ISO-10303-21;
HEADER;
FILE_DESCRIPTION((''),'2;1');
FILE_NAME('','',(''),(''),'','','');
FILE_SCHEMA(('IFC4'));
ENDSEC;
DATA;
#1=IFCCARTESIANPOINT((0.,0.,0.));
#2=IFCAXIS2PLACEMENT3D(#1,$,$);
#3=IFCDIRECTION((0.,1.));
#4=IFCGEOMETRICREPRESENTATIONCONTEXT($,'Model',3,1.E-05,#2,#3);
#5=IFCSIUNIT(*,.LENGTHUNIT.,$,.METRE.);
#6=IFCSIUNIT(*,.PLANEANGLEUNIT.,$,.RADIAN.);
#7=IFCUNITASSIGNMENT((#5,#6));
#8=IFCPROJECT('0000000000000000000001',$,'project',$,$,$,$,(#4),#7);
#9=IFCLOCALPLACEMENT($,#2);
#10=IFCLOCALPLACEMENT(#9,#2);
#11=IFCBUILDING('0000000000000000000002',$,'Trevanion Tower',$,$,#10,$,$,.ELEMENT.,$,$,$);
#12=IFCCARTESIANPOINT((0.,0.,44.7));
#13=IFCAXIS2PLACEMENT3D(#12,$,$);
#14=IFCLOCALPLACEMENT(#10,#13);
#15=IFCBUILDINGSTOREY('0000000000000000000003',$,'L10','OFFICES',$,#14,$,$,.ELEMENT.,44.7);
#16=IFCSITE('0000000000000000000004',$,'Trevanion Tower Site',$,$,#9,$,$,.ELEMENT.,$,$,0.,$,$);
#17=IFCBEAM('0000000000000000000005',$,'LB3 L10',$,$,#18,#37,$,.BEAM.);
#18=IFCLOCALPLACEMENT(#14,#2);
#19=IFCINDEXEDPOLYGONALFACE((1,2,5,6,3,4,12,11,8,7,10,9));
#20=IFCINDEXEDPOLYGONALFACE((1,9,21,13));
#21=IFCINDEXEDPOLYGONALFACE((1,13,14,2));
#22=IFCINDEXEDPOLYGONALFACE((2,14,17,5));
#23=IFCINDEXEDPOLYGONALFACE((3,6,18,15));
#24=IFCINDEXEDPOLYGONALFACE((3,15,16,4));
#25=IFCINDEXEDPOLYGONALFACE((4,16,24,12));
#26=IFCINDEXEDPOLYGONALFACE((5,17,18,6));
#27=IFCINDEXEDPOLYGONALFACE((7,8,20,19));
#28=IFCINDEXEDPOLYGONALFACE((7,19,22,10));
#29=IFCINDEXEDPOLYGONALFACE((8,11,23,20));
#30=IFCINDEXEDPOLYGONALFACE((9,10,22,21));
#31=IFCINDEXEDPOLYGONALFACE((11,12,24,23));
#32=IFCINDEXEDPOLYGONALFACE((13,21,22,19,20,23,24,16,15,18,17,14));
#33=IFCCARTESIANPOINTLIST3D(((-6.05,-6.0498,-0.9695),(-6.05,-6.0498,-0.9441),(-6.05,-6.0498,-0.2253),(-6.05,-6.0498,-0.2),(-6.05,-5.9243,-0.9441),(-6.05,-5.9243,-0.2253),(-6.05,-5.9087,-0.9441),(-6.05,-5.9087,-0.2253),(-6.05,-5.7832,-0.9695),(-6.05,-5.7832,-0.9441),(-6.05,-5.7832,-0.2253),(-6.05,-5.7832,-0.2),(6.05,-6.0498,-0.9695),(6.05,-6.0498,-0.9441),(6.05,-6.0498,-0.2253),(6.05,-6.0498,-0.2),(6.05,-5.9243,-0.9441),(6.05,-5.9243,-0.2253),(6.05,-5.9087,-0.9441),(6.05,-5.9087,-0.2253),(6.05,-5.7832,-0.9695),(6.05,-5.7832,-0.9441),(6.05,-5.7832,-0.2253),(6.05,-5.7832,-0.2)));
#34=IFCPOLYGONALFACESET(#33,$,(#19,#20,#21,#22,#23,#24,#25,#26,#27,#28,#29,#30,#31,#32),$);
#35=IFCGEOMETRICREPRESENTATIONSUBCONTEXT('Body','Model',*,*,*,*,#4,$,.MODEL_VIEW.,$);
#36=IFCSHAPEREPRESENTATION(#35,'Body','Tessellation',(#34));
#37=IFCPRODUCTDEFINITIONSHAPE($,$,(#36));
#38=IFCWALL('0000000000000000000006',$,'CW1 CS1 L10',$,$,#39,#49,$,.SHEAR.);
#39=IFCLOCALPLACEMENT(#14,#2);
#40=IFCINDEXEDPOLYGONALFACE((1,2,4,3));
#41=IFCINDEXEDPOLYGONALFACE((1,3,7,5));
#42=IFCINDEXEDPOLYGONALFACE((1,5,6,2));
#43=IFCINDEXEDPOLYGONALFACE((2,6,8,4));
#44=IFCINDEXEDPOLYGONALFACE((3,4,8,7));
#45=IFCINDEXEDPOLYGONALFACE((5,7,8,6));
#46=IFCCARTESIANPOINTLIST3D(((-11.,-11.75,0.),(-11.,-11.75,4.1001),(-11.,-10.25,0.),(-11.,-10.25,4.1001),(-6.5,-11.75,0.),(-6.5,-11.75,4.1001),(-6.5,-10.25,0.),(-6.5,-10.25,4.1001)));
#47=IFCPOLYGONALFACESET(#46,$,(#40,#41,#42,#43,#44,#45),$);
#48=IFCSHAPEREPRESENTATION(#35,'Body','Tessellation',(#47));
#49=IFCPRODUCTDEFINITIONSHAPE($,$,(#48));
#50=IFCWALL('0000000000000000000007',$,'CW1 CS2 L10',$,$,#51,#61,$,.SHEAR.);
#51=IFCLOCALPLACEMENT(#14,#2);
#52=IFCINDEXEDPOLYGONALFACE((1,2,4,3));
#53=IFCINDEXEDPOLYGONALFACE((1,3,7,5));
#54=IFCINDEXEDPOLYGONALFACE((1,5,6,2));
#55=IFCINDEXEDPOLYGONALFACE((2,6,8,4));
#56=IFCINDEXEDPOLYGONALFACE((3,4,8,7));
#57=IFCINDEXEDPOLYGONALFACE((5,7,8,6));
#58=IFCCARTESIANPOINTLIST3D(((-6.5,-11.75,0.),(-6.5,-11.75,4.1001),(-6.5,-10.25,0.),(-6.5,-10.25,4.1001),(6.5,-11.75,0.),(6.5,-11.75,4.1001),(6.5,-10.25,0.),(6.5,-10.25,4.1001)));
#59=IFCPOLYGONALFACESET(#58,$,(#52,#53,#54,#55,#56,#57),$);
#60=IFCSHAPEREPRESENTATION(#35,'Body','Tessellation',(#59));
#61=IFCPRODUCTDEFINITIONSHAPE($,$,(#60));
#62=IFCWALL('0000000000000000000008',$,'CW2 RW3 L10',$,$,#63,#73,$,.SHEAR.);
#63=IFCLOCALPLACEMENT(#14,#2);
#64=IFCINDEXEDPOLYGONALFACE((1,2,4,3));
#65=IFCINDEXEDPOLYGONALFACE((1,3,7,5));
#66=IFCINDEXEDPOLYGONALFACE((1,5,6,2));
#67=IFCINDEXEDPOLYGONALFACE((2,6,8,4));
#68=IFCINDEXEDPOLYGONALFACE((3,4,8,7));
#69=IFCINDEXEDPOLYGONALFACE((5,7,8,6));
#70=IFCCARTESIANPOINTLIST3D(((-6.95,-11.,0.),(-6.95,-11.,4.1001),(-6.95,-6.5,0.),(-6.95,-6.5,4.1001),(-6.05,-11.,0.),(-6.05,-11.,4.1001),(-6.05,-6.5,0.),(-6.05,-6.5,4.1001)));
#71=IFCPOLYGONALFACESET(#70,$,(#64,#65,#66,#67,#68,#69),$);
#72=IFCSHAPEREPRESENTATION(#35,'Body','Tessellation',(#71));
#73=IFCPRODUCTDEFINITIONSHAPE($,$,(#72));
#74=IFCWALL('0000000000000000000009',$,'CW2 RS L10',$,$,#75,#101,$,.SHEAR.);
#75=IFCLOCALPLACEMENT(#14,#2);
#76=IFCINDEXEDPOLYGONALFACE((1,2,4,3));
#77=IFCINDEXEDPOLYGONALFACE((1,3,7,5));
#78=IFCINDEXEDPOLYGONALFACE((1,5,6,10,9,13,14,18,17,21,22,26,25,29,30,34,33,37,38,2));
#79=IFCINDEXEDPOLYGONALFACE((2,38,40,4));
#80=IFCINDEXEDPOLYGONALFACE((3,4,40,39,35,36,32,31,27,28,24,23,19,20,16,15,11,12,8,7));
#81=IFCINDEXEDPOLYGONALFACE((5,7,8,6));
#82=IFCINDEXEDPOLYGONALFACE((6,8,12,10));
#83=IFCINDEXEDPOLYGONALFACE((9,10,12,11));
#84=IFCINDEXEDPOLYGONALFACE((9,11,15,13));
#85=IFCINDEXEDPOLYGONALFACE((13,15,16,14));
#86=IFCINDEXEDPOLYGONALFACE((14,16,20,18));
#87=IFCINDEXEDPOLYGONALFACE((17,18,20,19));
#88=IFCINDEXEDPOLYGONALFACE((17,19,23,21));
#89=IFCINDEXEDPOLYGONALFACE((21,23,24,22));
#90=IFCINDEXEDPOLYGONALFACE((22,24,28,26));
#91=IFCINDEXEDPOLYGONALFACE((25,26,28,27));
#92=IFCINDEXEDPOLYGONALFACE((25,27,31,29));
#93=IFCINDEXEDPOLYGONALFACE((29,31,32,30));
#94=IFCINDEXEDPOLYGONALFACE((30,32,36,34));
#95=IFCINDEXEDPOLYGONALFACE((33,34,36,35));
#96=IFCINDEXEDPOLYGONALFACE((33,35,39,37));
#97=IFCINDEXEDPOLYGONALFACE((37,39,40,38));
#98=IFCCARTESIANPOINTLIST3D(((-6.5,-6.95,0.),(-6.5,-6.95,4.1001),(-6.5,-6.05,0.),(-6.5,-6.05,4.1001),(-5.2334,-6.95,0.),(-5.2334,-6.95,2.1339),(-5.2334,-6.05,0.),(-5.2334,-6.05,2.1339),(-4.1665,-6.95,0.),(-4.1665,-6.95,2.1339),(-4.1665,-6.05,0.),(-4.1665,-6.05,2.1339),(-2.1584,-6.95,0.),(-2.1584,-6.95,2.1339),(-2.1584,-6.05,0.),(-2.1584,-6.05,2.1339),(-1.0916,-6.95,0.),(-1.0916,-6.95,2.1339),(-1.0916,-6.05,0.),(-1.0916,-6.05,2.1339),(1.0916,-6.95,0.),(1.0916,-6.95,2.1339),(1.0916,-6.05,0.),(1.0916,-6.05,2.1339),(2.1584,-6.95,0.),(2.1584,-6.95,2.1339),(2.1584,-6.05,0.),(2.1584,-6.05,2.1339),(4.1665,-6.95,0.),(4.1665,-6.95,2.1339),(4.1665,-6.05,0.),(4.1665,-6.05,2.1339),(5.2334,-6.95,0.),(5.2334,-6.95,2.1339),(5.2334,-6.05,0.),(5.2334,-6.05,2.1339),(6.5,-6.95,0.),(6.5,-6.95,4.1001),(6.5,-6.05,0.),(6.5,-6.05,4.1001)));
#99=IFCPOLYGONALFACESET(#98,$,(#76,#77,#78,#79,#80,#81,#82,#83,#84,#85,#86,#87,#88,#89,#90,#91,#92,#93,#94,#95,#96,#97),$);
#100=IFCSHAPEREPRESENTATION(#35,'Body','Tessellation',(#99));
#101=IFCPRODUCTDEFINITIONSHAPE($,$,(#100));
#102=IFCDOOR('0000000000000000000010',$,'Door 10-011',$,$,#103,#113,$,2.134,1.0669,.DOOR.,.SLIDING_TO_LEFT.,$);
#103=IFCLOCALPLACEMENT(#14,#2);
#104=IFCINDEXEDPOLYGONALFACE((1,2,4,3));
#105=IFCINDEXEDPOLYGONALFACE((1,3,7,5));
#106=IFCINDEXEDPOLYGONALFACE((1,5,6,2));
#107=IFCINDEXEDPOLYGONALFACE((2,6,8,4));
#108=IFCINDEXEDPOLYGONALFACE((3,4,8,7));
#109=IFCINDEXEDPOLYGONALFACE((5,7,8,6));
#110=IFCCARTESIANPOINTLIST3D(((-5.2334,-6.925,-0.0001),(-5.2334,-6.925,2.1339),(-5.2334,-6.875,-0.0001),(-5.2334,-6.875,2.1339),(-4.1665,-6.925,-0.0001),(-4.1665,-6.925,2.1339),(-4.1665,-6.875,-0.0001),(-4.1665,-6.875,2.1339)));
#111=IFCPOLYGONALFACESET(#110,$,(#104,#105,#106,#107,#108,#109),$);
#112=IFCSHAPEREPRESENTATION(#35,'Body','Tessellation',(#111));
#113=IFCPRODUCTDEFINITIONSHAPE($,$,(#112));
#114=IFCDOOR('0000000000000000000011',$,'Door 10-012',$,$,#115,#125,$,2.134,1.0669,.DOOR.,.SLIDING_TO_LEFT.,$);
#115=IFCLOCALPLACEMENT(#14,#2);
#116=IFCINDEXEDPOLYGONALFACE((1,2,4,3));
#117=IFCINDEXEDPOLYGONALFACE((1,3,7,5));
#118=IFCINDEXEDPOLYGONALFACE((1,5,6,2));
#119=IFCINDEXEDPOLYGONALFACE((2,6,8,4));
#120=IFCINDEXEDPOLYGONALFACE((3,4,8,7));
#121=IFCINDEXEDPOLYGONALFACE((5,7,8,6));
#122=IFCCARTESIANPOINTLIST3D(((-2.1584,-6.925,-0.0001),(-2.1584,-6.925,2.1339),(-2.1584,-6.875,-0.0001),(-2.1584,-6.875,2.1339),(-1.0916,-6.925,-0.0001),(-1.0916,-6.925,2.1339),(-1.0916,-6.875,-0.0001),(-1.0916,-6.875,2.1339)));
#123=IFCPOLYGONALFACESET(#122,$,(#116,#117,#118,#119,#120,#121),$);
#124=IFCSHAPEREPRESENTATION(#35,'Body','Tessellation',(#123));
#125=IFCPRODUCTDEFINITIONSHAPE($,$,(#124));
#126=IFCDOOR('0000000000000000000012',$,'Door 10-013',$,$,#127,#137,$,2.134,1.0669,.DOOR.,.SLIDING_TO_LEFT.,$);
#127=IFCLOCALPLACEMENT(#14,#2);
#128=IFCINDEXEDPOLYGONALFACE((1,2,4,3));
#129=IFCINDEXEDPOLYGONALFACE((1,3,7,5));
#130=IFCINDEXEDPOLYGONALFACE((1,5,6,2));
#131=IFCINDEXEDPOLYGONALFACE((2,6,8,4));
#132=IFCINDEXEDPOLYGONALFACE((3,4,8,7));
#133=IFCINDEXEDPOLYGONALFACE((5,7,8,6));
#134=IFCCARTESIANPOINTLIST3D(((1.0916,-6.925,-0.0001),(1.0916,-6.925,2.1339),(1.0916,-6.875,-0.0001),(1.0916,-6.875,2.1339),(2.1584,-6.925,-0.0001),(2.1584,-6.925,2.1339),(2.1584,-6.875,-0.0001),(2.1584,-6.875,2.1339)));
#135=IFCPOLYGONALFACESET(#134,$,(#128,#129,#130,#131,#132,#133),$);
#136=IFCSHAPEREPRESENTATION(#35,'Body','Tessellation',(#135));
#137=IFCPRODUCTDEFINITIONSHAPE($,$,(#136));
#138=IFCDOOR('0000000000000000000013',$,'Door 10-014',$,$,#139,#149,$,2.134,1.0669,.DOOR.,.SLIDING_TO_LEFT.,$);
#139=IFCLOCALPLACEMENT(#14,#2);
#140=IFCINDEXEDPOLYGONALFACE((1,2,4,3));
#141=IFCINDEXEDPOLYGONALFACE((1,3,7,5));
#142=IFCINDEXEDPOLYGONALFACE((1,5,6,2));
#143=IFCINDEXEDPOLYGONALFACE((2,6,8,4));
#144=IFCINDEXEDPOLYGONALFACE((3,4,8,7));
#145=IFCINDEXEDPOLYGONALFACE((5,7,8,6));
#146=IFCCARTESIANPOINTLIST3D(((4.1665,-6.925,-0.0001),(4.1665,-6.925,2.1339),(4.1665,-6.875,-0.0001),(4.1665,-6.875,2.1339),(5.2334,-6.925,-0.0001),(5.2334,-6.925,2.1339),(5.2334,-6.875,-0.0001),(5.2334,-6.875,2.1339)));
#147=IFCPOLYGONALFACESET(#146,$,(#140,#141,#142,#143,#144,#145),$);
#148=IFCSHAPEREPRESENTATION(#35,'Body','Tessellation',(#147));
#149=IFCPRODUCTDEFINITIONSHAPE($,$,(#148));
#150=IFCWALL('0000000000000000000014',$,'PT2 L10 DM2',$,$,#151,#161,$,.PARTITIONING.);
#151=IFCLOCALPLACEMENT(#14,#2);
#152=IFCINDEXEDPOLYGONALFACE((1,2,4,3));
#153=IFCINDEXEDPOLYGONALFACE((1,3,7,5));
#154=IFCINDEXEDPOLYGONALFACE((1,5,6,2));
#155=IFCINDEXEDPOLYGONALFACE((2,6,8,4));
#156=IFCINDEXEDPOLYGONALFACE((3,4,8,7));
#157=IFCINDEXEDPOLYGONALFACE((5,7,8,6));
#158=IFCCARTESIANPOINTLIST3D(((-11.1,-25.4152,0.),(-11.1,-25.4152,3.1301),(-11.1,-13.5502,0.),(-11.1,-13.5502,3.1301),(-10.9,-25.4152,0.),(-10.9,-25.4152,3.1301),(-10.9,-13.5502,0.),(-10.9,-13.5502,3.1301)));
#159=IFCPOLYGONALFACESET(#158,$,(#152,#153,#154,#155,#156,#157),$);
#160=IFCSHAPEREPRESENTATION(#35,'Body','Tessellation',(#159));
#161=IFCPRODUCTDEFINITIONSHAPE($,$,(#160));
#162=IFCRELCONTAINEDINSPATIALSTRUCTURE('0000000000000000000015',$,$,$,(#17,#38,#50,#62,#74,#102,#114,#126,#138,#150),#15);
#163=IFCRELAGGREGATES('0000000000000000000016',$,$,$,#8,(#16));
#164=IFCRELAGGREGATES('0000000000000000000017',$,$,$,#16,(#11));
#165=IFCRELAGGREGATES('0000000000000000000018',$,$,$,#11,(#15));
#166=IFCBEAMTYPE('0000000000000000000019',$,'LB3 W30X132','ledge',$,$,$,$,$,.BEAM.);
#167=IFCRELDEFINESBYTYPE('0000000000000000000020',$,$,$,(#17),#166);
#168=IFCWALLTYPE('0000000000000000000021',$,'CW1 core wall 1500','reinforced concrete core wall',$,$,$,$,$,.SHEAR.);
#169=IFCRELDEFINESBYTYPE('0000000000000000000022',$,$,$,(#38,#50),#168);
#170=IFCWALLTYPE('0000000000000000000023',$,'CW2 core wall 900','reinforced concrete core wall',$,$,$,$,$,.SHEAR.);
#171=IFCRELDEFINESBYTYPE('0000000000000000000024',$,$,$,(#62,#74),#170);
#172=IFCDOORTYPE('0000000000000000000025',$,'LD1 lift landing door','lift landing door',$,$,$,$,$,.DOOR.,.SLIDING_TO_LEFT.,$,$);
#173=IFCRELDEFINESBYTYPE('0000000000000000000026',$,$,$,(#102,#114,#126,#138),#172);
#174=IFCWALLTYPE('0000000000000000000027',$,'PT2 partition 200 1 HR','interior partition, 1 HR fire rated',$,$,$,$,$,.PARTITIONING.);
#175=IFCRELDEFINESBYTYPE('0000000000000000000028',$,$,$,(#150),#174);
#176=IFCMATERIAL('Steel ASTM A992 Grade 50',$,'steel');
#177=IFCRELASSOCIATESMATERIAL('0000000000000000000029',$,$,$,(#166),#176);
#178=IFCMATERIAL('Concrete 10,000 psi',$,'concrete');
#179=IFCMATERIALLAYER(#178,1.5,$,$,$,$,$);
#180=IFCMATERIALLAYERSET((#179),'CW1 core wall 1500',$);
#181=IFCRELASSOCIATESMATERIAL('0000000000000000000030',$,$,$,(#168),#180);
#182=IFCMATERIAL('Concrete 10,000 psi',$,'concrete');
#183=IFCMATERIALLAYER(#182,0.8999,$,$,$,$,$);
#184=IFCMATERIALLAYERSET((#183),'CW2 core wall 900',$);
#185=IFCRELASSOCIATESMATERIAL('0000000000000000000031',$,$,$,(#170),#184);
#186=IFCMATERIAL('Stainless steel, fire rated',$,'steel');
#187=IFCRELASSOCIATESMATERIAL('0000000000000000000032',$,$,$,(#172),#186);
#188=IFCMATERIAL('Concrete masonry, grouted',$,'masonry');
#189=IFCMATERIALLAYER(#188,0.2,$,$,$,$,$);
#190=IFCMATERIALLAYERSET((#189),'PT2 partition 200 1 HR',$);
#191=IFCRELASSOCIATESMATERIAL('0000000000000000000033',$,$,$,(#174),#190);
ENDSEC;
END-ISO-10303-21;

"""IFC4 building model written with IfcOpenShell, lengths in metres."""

from ifc_helpers import new_model, si_unit, direction, frame, frame_2d, origin, origin_2d, place, context, subcontext, project, spatial, rectangle, i_section, extrude, material, layer, layer_set, material_profile, profile_set, type_object, element, fill, save


model = new_model("IFC4")

# Units and contexts
model_context = context("Model", 3, precision=1e-05, world=origin(), true_north=direction((0.0, 1.0)))
body_context = subcontext(model_context, "Body", "Model", "MODEL_VIEW")
ifc_project = project(units=[si_unit("LENGTHUNIT", "METRE"), si_unit("PLANEANGLEUNIT", "RADIAN")], contexts=[model_context])

# Site, building, storey
site_placement = place(None, origin())
site = spatial("IfcSite", under=ifc_project, at=site_placement, Name="Trevanion Tower Site", CompositionType="ELEMENT", RefElevation=0.0)
building_placement = place(site_placement, origin())
building = spatial("IfcBuilding", under=site, at=building_placement, Name="Trevanion Tower", CompositionType="ELEMENT")
storey_placement = place(building_placement, frame((0.0, 0.0, 44.7)))
storey = spatial("IfcBuildingStorey", under=building, at=storey_placement, Name="L10", Description="OFFICES", CompositionType="ELEMENT", Elevation=44.7)

# Beam
ifc_material_1 = material(Name="Steel ASTM A992 Grade 50", Category="steel")
ifc_material_profile_1 = material_profile(ifc_material_1, i_section(OverallWidth=0.2666, OverallDepth=0.7695, WebThickness=0.0156, FlangeThickness=0.0254, at=origin_2d()), Name="W30X132")
ifc_profile_set_1 = profile_set([ifc_material_profile_1], Name="Steel ASTM A992 Grade 50")
beam_type_1 = type_object("IfcBeamType", Name="LB3 W30X132", Description="ledge", PredefinedType="BEAM", material=ifc_profile_set_1)
beam_1_placement = place(storey_placement, frame((-6.05, -5.9165, -0.5847), z_axis=(1.0, 0.0, 0.0), x_axis=(0.0, 1.0, 0.0)))
element("IfcBeam", 1, at=beam_1_placement, inside=storey, type_object=beam_type_1, Name="LB3 L10", PredefinedType="BEAM", context=body_context, shape_type="SweptSolid", body=[
    extrude(i_section(OverallWidth=0.2666, OverallDepth=0.7695, WebThickness=0.0156, FlangeThickness=0.0254, at=origin_2d()), origin(), (0.0, 0.0, 1.0), 12.1001),
])

# Walls
ifc_material_2 = material(Name="Concrete 10,000 psi", Category="concrete")
ifc_layer_1 = layer(ifc_material_2, 1.5)
ifc_layer_set_1 = layer_set([ifc_layer_1], Name="CW1 core wall 1500")
wall_type_1 = type_object("IfcWallType", Name="CW1 core wall 1500", Description="reinforced concrete core wall", PredefinedType="SHEAR", material=ifc_layer_set_1)
wall_1_placement = place(storey_placement, frame((-11.0, -11.0, 0.0), z_axis=(0.0, 0.0, 1.0), x_axis=(1.0, 0.0, 0.0)))
element("IfcWall", 2, at=wall_1_placement, inside=storey, type_object=wall_type_1, Name="CW1 CS1 L10", PredefinedType="SHEAR", context=body_context, shape_type="SweptSolid", body=[
    extrude(rectangle(XDim=4.5, YDim=1.5, at=frame_2d((2.25, 0.0))), origin(), (0.0, 0.0, 1.0), 4.1001),
])
wall_2_placement = place(storey_placement, frame((-6.5, -11.0, 0.0), z_axis=(0.0, 0.0, 1.0), x_axis=(1.0, 0.0, 0.0)))
element("IfcWall", 3, at=wall_2_placement, inside=storey, type_object=wall_type_1, Name="CW1 CS2 L10", PredefinedType="SHEAR", context=body_context, shape_type="SweptSolid", body=[
    extrude(rectangle(XDim=13.0, YDim=1.5, at=frame_2d((6.5, 0.0))), origin(), (0.0, 0.0, 1.0), 4.1001),
])
ifc_material_3 = material(Name="Concrete 10,000 psi", Category="concrete")
ifc_layer_2 = layer(ifc_material_3, 0.8999)
ifc_layer_set_2 = layer_set([ifc_layer_2], Name="CW2 core wall 900")
wall_type_2 = type_object("IfcWallType", Name="CW2 core wall 900", Description="reinforced concrete core wall", PredefinedType="SHEAR", material=ifc_layer_set_2)
wall_3_placement = place(storey_placement, frame((-6.5, -6.5, 0.0), z_axis=(0.0, 0.0, 1.0), x_axis=(0.0, -1.0, 0.0)))
element("IfcWall", 4, at=wall_3_placement, inside=storey, type_object=wall_type_2, Name="CW2 RW3 L10", PredefinedType="SHEAR", context=body_context, shape_type="SweptSolid", body=[
    extrude(rectangle(XDim=4.5, YDim=0.8999, at=frame_2d((2.25, 0.0))), origin(), (0.0, 0.0, 1.0), 4.1001),
])

# Wall, openings, doors
wall_4_placement = place(storey_placement, frame((-6.5, -6.5, 0.0), z_axis=(0.0, 0.0, 1.0), x_axis=(1.0, 0.0, 0.0)))
wall_4 = element("IfcWall", 5, at=wall_4_placement, inside=storey, type_object=wall_type_2, Name="CW2 RS L10", PredefinedType="SHEAR", context=body_context, shape_type="SweptSolid", body=[
    extrude(rectangle(XDim=13.0, YDim=0.8999, at=frame_2d((6.5, 0.0))), origin(), (0.0, 0.0, 1.0), 4.1001),
])
opening_1_placement = place(wall_4_placement, frame((1.2666, 0.0, 0.0)))
opening_1 = element("IfcOpeningElement", 6, at=opening_1_placement, cuts=wall_4, PredefinedType="OPENING", context=body_context, shape_type="SweptSolid", body=[
    extrude(rectangle(XDim=1.0669, YDim=2.134, at=frame_2d((0.5334, 1.0669))), frame((0.0, 0.46, 0.0), z_axis=(0.0, -1.0, 0.0), x_axis=(1.0, 0.0, 0.0)), (0.0, 0.0, 1.0), 0.9199),
])
opening_2_placement = place(wall_4_placement, frame((4.3416, 0.0, 0.0)))
opening_2 = element("IfcOpeningElement", 7, at=opening_2_placement, cuts=wall_4, PredefinedType="OPENING", context=body_context, shape_type="SweptSolid", body=[
    extrude(rectangle(XDim=1.0669, YDim=2.134, at=frame_2d((0.5334, 1.0669))), frame((0.0, 0.46, 0.0), z_axis=(0.0, -1.0, 0.0), x_axis=(1.0, 0.0, 0.0)), (0.0, 0.0, 1.0), 0.9199),
])
opening_3_placement = place(wall_4_placement, frame((7.5916, 0.0, 0.0)))
opening_3 = element("IfcOpeningElement", 8, at=opening_3_placement, cuts=wall_4, PredefinedType="OPENING", context=body_context, shape_type="SweptSolid", body=[
    extrude(rectangle(XDim=1.0669, YDim=2.134, at=frame_2d((0.5334, 1.0669))), frame((0.0, 0.46, 0.0), z_axis=(0.0, -1.0, 0.0), x_axis=(1.0, 0.0, 0.0)), (0.0, 0.0, 1.0), 0.9199),
])
opening_4_placement = place(wall_4_placement, frame((10.6665, 0.0, 0.0)))
opening_4 = element("IfcOpeningElement", 9, at=opening_4_placement, cuts=wall_4, PredefinedType="OPENING", context=body_context, shape_type="SweptSolid", body=[
    extrude(rectangle(XDim=1.0669, YDim=2.134, at=frame_2d((0.5334, 1.0669))), frame((0.0, 0.46, 0.0), z_axis=(0.0, -1.0, 0.0), x_axis=(1.0, 0.0, 0.0)), (0.0, 0.0, 1.0), 0.9199),
])
ifc_material_4 = material(Name="Stainless steel, fire rated", Category="steel")
door_type_1 = type_object("IfcDoorType", Name="LD1 lift landing door", Description="lift landing door", OperationType="SLIDING_TO_LEFT", PredefinedType="DOOR", material=ifc_material_4)
door_1_placement = place(opening_1_placement, origin())
door_1 = element("IfcDoor", 10, at=door_1_placement, inside=storey, type_object=door_type_1, Name="Door 10-011", OperationType="SLIDING_TO_LEFT", OverallHeight=2.134, OverallWidth=1.0669, PredefinedType="DOOR", context=body_context, shape_type="SweptSolid", body=[
    extrude(rectangle(XDim=1.0669, YDim=2.134, at=frame_2d((0.5334, 1.0669))), frame((0.0, -0.375, 0.0), z_axis=(0.0, -1.0, 0.0), x_axis=(1.0, 0.0, 0.0)), (0.0, 0.0, 1.0), 0.05),
])
fill(opening_1, door_1)
door_2_placement = place(opening_2_placement, origin())
door_2 = element("IfcDoor", 11, at=door_2_placement, inside=storey, type_object=door_type_1, Name="Door 10-012", OperationType="SLIDING_TO_LEFT", OverallHeight=2.134, OverallWidth=1.0669, PredefinedType="DOOR", context=body_context, shape_type="SweptSolid", body=[
    extrude(rectangle(XDim=1.0669, YDim=2.134, at=frame_2d((0.5334, 1.0669))), frame((0.0, -0.375, 0.0), z_axis=(0.0, -1.0, 0.0), x_axis=(1.0, 0.0, 0.0)), (0.0, 0.0, 1.0), 0.05),
])
fill(opening_2, door_2)
door_3_placement = place(opening_3_placement, origin())
door_3 = element("IfcDoor", 12, at=door_3_placement, inside=storey, type_object=door_type_1, Name="Door 10-013", OperationType="SLIDING_TO_LEFT", OverallHeight=2.134, OverallWidth=1.0669, PredefinedType="DOOR", context=body_context, shape_type="SweptSolid", body=[
    extrude(rectangle(XDim=1.0669, YDim=2.134, at=frame_2d((0.5334, 1.0669))), frame((0.0, -0.375, 0.0), z_axis=(0.0, -1.0, 0.0), x_axis=(1.0, 0.0, 0.0)), (0.0, 0.0, 1.0), 0.05),
])
fill(opening_3, door_3)
door_4_placement = place(opening_4_placement, origin())
door_4 = element("IfcDoor", 13, at=door_4_placement, inside=storey, type_object=door_type_1, Name="Door 10-014", OperationType="SLIDING_TO_LEFT", OverallHeight=2.134, OverallWidth=1.0669, PredefinedType="DOOR", context=body_context, shape_type="SweptSolid", body=[
    extrude(rectangle(XDim=1.0669, YDim=2.134, at=frame_2d((0.5334, 1.0669))), frame((0.0, -0.375, 0.0), z_axis=(0.0, -1.0, 0.0), x_axis=(1.0, 0.0, 0.0)), (0.0, 0.0, 1.0), 0.05),
])
fill(opening_4, door_4)

# Wall
ifc_material_5 = material(Name="Concrete masonry, grouted", Category="masonry")
ifc_layer_3 = layer(ifc_material_5, 0.2)
ifc_layer_set_3 = layer_set([ifc_layer_3], Name="PT2 partition 200 1 HR")
wall_type_3 = type_object("IfcWallType", Name="PT2 partition 200 1 HR", Description="interior partition, 1 HR fire rated", PredefinedType="PARTITIONING", material=ifc_layer_set_3)
wall_5_placement = place(storey_placement, frame((-11.0, -13.55, 0.0), z_axis=(0.0, 0.0, 1.0), x_axis=(0.0, -1.0, 0.0)))
element("IfcWall", 14, at=wall_5_placement, inside=storey, type_object=wall_type_3, Name="PT2 L10 DM2", PredefinedType="PARTITIONING", context=body_context, shape_type="SweptSolid", body=[
    extrude(rectangle(XDim=11.865, YDim=0.2, at=frame_2d((5.9326, 0.0))), origin(), (0.0, 0.0, 1.0), 3.1301),
])

save(model, "model.ifc")
